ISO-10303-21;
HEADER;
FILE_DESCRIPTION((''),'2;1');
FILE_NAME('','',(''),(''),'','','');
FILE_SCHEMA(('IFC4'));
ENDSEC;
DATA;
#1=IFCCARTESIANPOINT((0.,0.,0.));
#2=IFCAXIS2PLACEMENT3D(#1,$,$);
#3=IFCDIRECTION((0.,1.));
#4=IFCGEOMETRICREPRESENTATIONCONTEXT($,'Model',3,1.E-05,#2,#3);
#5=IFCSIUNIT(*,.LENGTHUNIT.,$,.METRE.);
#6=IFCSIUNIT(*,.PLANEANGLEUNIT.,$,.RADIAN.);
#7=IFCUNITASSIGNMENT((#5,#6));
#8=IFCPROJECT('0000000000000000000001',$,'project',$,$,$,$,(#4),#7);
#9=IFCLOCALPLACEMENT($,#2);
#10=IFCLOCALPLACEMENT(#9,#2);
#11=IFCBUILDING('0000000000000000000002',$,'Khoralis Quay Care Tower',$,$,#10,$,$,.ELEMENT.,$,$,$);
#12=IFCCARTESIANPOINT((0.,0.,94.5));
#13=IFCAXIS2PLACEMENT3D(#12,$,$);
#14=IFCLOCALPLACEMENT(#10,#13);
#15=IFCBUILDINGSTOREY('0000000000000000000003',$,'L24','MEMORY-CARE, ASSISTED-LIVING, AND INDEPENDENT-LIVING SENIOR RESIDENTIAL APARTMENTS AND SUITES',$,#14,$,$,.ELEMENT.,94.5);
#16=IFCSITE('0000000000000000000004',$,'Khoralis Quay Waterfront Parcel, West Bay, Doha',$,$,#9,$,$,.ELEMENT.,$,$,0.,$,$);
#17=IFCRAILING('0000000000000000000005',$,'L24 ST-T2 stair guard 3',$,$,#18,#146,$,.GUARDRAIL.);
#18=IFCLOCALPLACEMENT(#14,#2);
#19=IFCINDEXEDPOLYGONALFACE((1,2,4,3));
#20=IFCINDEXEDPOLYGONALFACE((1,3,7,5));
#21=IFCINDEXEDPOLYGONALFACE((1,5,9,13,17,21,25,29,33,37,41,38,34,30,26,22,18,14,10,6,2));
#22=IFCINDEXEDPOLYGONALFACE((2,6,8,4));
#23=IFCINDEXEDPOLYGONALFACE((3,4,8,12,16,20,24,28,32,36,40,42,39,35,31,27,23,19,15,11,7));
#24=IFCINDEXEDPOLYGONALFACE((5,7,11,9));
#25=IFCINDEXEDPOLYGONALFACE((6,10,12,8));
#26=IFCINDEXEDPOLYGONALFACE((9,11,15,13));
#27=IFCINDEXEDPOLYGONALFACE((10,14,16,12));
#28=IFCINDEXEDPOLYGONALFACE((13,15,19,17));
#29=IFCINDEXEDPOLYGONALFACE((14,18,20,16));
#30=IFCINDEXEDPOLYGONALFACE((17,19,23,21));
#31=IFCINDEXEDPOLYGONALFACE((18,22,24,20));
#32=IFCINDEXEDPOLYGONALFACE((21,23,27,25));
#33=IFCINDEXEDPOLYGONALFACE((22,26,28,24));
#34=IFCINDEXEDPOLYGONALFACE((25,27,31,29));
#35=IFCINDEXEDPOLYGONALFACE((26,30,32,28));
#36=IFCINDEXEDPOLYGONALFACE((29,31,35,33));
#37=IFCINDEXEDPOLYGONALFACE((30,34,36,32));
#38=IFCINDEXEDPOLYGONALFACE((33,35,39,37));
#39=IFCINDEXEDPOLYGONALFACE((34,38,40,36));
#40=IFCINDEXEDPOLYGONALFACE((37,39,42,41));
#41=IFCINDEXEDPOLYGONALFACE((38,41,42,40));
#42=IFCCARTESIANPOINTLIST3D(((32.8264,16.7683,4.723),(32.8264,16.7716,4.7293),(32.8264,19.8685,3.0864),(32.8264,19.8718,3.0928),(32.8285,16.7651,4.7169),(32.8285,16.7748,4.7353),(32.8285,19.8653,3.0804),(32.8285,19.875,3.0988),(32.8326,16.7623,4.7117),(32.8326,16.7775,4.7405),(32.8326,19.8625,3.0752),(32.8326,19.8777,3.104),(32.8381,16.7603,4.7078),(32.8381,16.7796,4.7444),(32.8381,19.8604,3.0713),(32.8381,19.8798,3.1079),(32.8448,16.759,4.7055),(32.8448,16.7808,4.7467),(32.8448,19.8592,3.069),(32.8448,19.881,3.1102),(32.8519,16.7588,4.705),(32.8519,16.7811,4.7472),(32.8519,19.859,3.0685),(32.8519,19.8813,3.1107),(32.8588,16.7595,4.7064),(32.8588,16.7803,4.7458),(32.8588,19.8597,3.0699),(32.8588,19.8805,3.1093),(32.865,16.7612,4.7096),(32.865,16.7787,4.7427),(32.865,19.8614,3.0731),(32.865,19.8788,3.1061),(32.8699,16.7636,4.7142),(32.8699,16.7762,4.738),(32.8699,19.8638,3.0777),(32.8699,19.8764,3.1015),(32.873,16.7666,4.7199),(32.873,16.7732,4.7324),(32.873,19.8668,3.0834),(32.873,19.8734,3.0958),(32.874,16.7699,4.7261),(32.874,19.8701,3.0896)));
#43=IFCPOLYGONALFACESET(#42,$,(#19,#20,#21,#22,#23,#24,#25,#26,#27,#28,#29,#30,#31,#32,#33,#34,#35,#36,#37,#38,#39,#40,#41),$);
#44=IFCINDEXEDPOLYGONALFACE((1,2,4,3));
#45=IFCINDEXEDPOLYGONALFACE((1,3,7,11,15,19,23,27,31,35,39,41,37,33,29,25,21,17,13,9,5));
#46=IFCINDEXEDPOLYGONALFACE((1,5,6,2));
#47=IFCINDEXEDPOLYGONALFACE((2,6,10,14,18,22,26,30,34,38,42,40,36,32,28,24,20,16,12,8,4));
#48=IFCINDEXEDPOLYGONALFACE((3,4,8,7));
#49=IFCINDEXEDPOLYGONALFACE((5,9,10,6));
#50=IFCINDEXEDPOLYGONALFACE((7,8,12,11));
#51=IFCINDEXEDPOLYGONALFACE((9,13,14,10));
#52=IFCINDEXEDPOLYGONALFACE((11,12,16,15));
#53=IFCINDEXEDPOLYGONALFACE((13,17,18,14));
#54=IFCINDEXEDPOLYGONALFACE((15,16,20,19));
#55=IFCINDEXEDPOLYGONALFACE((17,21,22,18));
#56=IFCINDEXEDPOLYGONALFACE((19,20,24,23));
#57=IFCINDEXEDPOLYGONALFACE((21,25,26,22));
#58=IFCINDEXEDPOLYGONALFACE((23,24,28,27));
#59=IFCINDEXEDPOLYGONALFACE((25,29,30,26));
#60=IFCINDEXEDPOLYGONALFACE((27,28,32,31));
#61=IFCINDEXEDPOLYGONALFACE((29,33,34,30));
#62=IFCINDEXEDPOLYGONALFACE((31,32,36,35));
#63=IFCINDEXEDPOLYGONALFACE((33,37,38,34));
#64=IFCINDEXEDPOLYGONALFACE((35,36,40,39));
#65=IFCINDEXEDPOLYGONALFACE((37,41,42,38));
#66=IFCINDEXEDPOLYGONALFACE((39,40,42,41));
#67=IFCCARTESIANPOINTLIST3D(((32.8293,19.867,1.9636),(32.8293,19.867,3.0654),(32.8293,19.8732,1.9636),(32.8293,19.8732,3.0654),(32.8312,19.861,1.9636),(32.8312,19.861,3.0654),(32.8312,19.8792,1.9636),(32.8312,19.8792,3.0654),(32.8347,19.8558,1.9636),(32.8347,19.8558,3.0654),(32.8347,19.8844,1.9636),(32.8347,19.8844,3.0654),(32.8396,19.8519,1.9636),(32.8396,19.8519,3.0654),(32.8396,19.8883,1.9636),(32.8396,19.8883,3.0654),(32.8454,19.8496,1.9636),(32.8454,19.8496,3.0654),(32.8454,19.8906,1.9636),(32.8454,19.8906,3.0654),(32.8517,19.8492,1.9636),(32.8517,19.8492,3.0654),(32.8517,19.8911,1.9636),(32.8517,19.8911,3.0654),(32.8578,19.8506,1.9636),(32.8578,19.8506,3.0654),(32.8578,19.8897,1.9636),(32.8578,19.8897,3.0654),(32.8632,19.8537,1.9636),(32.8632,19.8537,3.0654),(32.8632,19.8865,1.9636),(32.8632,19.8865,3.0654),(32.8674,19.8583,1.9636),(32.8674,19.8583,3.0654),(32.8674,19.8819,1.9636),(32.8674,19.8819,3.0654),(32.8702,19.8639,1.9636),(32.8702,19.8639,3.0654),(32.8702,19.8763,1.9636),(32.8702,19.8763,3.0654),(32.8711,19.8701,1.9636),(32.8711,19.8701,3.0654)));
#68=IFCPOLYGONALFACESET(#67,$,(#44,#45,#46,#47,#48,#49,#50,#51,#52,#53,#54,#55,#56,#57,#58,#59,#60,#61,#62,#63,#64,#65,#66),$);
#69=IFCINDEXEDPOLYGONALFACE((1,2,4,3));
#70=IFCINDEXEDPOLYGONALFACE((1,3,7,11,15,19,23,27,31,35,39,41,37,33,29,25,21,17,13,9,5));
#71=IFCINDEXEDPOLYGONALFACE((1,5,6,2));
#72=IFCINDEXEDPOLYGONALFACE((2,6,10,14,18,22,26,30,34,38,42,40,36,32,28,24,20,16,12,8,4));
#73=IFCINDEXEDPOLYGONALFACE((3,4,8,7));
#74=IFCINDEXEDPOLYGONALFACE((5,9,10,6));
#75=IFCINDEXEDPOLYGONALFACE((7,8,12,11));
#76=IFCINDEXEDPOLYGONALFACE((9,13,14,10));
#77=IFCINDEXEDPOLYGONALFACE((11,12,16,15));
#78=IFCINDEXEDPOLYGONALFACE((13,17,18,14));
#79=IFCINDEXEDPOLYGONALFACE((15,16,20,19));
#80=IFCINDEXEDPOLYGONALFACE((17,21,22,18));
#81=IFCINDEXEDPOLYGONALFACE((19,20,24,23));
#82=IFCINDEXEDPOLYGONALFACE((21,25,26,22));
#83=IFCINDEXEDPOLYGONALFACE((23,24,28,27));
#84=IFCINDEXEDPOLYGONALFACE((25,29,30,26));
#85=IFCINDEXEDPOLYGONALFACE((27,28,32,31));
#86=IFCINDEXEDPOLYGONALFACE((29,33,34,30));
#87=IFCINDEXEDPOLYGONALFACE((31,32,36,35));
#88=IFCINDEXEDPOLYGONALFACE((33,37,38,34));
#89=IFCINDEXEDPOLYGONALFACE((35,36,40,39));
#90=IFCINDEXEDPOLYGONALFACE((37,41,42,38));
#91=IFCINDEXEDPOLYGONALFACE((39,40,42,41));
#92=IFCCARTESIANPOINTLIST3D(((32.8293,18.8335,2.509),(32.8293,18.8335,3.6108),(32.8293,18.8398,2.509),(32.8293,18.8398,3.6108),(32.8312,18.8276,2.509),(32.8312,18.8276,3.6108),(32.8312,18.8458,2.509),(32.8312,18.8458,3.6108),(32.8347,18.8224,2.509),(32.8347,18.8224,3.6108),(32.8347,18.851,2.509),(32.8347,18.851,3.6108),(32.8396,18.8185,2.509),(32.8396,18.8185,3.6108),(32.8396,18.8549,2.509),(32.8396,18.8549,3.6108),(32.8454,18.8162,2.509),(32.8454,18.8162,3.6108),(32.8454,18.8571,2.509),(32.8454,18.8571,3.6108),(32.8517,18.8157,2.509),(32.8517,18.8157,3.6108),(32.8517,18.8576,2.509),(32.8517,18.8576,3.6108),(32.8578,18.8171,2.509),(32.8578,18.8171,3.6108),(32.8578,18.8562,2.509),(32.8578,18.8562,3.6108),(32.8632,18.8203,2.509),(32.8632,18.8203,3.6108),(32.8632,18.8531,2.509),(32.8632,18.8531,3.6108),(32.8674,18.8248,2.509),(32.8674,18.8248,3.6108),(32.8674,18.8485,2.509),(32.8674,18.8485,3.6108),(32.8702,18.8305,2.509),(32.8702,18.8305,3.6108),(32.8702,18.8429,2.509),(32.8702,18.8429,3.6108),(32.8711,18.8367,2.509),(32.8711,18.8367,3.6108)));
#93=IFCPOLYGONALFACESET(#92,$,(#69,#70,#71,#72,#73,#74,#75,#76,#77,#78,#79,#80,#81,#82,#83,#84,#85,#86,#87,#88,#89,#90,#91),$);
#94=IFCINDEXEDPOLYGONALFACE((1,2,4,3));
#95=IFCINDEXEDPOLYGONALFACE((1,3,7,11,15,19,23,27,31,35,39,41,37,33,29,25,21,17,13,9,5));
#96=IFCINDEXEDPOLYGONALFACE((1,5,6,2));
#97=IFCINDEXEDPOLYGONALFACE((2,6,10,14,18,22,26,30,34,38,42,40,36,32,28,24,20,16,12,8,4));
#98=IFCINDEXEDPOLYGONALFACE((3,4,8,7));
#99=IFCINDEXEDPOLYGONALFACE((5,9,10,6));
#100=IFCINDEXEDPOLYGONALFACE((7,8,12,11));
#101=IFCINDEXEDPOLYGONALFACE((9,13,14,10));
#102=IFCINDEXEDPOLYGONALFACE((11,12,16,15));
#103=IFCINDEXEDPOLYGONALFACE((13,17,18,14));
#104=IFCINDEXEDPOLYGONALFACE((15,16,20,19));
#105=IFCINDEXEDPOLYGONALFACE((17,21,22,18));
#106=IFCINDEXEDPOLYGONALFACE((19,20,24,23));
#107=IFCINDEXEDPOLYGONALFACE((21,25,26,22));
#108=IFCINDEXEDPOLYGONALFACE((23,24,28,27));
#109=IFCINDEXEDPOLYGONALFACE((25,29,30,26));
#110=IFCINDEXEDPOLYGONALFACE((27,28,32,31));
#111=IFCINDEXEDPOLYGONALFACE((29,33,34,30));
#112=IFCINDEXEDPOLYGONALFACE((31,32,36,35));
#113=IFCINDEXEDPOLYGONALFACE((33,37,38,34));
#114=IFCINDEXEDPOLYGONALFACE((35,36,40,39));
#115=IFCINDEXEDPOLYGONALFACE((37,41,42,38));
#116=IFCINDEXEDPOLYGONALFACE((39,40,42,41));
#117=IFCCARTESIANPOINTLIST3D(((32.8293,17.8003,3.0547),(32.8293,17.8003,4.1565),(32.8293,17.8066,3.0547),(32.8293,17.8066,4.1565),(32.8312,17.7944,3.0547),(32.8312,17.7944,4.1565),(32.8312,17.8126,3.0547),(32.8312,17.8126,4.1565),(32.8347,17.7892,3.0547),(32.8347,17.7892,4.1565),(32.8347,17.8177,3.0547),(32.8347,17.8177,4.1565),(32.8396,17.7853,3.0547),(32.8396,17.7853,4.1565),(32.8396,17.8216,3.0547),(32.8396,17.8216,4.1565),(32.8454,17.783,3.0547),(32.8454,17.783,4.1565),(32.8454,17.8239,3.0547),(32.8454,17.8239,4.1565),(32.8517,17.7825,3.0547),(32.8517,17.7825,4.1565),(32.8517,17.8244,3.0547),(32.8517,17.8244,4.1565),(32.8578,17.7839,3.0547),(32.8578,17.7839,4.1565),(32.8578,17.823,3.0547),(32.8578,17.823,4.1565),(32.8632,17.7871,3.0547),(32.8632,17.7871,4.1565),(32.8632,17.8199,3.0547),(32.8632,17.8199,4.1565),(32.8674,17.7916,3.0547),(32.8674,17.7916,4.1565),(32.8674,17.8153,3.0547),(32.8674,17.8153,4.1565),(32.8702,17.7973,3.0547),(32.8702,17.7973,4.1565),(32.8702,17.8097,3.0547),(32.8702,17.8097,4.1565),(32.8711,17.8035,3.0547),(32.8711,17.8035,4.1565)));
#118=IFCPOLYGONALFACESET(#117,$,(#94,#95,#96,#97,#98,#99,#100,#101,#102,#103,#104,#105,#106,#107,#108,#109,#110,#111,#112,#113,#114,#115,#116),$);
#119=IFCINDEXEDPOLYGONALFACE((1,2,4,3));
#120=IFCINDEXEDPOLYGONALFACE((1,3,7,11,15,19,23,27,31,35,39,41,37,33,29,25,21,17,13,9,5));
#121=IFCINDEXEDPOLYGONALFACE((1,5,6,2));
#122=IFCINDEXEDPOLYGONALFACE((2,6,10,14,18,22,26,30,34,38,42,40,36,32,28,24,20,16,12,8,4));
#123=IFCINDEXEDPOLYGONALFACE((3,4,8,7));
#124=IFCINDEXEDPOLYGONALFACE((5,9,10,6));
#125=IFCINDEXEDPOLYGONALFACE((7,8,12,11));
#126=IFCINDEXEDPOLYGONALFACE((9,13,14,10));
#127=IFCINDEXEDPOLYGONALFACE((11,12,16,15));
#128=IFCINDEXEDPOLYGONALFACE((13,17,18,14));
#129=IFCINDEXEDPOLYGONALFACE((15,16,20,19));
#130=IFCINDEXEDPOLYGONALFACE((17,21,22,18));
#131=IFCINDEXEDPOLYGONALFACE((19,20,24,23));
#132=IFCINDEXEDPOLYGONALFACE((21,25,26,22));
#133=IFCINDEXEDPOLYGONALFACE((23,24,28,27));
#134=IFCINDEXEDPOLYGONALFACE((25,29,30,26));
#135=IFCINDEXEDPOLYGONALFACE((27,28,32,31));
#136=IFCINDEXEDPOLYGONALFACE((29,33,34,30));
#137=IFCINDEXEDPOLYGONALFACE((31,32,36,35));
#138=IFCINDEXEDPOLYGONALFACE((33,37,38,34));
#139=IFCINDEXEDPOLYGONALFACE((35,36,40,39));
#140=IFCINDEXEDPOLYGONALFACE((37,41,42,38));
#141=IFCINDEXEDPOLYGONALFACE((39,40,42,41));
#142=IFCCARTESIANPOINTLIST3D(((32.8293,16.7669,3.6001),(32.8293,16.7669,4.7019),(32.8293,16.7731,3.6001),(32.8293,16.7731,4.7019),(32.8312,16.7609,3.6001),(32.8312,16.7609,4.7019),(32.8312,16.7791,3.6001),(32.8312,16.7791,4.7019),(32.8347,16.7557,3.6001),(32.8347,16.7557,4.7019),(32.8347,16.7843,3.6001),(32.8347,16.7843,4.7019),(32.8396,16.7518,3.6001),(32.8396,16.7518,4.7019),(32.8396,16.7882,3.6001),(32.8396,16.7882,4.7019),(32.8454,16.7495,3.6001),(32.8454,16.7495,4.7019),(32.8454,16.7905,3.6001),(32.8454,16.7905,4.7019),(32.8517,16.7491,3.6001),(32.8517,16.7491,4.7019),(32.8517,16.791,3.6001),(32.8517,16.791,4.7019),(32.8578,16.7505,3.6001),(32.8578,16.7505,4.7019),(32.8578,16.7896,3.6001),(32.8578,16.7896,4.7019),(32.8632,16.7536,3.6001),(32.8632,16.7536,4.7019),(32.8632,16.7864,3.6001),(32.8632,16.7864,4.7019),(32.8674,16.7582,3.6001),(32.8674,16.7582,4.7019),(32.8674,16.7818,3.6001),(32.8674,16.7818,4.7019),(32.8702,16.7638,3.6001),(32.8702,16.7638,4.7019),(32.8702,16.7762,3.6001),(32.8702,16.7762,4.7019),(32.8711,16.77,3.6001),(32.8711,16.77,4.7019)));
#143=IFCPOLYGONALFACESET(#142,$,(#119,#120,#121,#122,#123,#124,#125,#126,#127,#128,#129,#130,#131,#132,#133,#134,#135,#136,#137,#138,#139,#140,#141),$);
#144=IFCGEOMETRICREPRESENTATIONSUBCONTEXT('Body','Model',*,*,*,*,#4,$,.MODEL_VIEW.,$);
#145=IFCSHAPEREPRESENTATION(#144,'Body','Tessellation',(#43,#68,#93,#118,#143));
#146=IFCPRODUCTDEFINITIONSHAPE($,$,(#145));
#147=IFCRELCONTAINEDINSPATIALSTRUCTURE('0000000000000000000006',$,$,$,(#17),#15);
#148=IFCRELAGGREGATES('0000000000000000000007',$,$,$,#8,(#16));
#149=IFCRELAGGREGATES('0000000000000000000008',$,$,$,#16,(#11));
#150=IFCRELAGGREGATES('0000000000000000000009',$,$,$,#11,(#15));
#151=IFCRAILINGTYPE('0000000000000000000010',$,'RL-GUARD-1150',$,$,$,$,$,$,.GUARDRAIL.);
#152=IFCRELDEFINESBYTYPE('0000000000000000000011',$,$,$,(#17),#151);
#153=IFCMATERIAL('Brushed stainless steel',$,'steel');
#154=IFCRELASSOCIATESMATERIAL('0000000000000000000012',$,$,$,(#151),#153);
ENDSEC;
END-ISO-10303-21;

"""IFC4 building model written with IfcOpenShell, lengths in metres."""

from ifc_helpers import new_model, si_unit, direction, frame, origin, origin_2d, place, context, subcontext, project, spatial, circle, extrude, material, type_object, element, save


model = new_model("IFC4")

# Units and contexts
model_context = context("Model", 3, precision=1e-05, world=origin(), true_north=direction((0.0, 1.0)))
body_context = subcontext(model_context, "Body", "Model", "MODEL_VIEW")
ifc_project = project(units=[si_unit("LENGTHUNIT", "METRE"), si_unit("PLANEANGLEUNIT", "RADIAN")], contexts=[model_context])

# Site, building, storey
site_placement = place(None, origin())
site = spatial("IfcSite", under=ifc_project, at=site_placement, Name="Khoralis Quay Waterfront Parcel, West Bay, Doha", CompositionType="ELEMENT", RefElevation=0.0)
building_placement = place(site_placement, origin())
building = spatial("IfcBuilding", under=site, at=building_placement, Name="Khoralis Quay Care Tower", CompositionType="ELEMENT")
storey_placement = place(building_placement, frame((0.0, 0.0, 94.5)))
storey = spatial("IfcBuildingStorey", under=building, at=storey_placement, Name="L24", Description="MEMORY-CARE, ASSISTED-LIVING, AND INDEPENDENT-LIVING SENIOR RESIDENTIAL APARTMENTS AND SUITES", CompositionType="ELEMENT", Elevation=94.5)

# Railing
ifc_material_1 = material(Name="Brushed stainless steel", Category="steel")
railing_type_1 = type_object("IfcRailingType", Name="RL-GUARD-1150", PredefinedType="GUARDRAIL", material=ifc_material_1)
railing_1_placement = place(storey_placement, frame((32.8501, 19.8701, 1.9636)))
element("IfcRailing", 1, at=railing_1_placement, inside=storey, type_object=railing_type_1, Name="L24 ST-T2 stair guard 3", PredefinedType="GUARDRAIL", context=body_context, shape_type="SweptSolid", body=[
    extrude(circle(Radius=0.0239, at=origin_2d()), frame((0.0, 0.0, 1.126), z_axis=(0.0, -0.884348, 0.466828), x_axis=(1.0, 0.0, 0.0)), (0.0, 0.0, 1.0), 3.5056),
    extrude(circle(Radius=0.021, at=origin_2d()), origin(), (0.0, 0.0, 1.0), 1.1018),
    extrude(circle(Radius=0.021, at=origin_2d()), frame((0.0, -1.0334, 0.5454)), (0.0, 0.0, 1.0), 1.1018),
    extrude(circle(Radius=0.021, at=origin_2d()), frame((0.0, -2.0667, 1.0911)), (0.0, 0.0, 1.0), 1.1018),
    extrude(circle(Radius=0.021, at=origin_2d()), frame((0.0, -3.1001, 1.6365)), (0.0, 0.0, 1.0), 1.1018),
])

save(model, "model.ifc")
